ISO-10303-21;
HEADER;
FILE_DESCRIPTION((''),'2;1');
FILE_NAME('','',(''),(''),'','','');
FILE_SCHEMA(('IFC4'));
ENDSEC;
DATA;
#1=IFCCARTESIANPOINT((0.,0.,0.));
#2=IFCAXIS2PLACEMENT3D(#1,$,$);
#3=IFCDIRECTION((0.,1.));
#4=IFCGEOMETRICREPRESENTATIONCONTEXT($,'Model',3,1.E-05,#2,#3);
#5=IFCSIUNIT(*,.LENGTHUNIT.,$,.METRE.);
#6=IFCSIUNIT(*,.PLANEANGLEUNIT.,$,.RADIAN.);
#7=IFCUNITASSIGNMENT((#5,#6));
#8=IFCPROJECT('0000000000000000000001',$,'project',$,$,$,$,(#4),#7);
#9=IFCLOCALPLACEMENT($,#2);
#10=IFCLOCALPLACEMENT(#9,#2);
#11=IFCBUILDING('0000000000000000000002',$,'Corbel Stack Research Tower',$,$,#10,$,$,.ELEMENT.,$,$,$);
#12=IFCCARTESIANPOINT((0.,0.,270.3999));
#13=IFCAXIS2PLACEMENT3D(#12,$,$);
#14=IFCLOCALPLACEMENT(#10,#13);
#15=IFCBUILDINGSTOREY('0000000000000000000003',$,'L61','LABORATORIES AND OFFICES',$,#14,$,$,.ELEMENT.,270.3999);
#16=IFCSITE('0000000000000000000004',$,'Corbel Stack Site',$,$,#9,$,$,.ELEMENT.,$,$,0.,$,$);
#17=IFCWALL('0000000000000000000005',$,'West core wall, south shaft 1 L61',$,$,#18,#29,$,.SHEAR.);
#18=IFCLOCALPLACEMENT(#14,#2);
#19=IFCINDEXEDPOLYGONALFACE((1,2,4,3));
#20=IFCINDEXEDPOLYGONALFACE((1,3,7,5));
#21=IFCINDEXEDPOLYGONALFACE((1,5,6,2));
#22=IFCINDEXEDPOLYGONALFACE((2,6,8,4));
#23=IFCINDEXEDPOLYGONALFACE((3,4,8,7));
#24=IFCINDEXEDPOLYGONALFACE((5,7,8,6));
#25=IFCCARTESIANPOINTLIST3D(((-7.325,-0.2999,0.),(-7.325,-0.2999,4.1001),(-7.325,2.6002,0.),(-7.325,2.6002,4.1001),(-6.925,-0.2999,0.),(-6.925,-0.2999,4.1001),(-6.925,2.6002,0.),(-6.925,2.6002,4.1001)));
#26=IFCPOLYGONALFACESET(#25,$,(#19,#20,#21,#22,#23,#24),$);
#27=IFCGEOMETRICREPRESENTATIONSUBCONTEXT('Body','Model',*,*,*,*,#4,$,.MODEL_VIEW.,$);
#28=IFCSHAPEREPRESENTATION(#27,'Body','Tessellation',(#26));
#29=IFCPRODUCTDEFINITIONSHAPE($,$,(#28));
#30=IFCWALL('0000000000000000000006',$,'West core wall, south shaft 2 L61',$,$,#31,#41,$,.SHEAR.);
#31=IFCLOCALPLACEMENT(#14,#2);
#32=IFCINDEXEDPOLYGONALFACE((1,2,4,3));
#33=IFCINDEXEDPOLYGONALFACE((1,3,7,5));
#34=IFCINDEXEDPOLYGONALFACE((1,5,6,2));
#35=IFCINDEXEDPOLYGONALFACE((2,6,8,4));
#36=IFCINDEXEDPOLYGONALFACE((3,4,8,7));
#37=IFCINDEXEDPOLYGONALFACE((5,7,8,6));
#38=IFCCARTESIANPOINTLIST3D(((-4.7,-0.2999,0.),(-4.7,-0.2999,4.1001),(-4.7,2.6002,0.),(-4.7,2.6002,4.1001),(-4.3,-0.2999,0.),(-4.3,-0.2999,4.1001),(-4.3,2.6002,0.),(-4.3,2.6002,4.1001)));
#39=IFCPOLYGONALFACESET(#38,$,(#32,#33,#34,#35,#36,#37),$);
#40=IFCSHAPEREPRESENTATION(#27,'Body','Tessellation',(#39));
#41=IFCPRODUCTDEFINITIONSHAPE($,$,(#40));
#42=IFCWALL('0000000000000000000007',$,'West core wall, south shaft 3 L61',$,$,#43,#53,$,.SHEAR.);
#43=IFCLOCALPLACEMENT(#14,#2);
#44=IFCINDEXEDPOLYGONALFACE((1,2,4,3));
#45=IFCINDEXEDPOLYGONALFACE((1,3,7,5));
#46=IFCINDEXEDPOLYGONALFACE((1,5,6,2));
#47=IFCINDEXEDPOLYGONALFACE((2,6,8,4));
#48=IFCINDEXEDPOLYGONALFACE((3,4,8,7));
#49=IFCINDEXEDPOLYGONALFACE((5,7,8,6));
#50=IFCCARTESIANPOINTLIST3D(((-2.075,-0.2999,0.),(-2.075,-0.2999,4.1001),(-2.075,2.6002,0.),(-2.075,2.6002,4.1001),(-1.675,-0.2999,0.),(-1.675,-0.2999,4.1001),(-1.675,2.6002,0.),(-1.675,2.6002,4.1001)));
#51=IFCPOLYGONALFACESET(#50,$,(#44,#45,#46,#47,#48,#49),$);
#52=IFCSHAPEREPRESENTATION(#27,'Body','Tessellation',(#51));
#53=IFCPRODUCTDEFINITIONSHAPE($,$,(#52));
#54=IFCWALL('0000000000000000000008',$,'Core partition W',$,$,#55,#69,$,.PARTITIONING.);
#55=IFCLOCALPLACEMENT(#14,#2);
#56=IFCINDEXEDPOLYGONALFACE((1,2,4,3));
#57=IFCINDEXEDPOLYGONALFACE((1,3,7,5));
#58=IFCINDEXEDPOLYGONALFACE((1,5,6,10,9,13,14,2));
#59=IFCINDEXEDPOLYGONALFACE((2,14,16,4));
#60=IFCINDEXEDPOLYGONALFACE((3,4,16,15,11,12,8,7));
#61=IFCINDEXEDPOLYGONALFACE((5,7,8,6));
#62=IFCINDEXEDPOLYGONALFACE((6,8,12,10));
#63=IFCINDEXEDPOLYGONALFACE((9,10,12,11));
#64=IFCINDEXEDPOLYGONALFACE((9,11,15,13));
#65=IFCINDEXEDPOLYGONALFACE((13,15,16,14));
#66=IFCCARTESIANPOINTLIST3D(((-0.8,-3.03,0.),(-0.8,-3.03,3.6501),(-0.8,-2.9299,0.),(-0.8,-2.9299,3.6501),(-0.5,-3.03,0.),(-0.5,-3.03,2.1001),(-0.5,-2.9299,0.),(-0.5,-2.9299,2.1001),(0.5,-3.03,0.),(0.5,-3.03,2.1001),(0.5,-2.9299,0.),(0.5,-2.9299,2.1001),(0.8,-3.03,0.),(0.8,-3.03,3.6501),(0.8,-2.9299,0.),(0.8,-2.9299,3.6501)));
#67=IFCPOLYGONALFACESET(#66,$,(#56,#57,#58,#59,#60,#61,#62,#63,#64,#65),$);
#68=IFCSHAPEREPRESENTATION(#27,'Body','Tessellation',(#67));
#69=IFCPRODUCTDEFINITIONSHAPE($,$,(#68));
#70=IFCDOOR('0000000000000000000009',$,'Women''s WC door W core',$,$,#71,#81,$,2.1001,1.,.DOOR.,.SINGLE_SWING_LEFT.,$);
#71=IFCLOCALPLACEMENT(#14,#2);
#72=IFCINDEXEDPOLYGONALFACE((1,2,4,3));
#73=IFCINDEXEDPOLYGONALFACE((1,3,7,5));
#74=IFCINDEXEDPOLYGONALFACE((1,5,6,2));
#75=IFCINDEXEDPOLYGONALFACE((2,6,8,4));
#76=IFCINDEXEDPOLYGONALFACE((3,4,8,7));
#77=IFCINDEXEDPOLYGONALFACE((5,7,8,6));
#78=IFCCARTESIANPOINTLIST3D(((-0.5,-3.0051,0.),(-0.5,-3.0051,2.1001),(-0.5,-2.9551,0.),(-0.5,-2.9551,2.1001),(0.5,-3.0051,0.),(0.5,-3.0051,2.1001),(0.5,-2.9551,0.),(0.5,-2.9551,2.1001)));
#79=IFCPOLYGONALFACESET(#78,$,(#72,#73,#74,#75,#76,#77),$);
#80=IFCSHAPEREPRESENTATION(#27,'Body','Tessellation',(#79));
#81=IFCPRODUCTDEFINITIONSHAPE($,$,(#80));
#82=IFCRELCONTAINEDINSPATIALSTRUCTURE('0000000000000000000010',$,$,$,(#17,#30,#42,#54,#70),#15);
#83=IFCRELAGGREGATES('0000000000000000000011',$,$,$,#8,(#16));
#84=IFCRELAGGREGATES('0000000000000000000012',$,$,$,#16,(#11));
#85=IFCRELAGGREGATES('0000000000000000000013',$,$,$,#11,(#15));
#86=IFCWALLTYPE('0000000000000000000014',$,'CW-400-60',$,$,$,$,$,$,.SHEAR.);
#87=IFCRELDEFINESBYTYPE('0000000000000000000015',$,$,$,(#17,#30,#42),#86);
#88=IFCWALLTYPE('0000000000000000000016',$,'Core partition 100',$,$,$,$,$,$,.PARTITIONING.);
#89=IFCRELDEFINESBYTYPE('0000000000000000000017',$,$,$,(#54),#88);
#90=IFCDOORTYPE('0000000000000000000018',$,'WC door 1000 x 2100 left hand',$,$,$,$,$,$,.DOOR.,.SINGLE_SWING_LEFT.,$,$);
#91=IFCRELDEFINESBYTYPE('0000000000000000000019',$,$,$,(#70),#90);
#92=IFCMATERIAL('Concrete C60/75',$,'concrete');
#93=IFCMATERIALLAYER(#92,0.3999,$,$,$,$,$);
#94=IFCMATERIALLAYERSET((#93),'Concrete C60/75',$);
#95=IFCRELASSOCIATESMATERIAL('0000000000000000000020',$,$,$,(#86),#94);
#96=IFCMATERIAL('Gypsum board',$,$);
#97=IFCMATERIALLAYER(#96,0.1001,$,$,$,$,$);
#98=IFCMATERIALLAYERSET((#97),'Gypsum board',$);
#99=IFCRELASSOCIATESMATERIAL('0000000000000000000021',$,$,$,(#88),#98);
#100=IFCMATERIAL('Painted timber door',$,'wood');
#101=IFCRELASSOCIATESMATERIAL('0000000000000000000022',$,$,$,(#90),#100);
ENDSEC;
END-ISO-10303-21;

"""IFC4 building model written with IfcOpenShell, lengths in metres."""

from ifc_helpers import new_model, si_unit, direction, frame, frame_2d, origin, place, context, subcontext, project, spatial, rectangle, extrude, material, layer, layer_set, type_object, element, fill, save


model = new_model("IFC4")

# Units and contexts
model_context = context("Model", 3, precision=1e-05, world=origin(), true_north=direction((0.0, 1.0)))
body_context = subcontext(model_context, "Body", "Model", "MODEL_VIEW")
ifc_project = project(units=[si_unit("LENGTHUNIT", "METRE"), si_unit("PLANEANGLEUNIT", "RADIAN")], contexts=[model_context])

# Site, building, storey
site_placement = place(None, origin())
site = spatial("IfcSite", under=ifc_project, at=site_placement, Name="Corbel Stack Site", CompositionType="ELEMENT", RefElevation=0.0)
building_placement = place(site_placement, origin())
building = spatial("IfcBuilding", under=site, at=building_placement, Name="Corbel Stack Research Tower", CompositionType="ELEMENT")
storey_placement = place(building_placement, frame((0.0, 0.0, 270.3999)))
storey = spatial("IfcBuildingStorey", under=building, at=storey_placement, Name="L61", Description="LABORATORIES AND OFFICES", CompositionType="ELEMENT", Elevation=270.3999)

# Walls
ifc_material_1 = material(Name="Concrete C60/75", Category="concrete")
ifc_layer_1 = layer(ifc_material_1, 0.3999)
ifc_layer_set_1 = layer_set([ifc_layer_1], Name="Concrete C60/75")
wall_type_1 = type_object("IfcWallType", Name="CW-400-60", PredefinedType="SHEAR", material=ifc_layer_set_1)
for number, where, z_axis, x_axis, name in (
    (1, (-7.125, -0.3, 0.0), (0.0, 0.0, 1.0), (0.0, 1.0, 0.0), "West core wall, south shaft 1 L61"),
    (2, (-4.5, -0.3, 0.0), (0.0, 0.0, 1.0), (0.0, 1.0, 0.0), "West core wall, south shaft 2 L61"),
    (3, (-1.875, -0.3, 0.0), (0.0, 0.0, 1.0), (0.0, 1.0, 0.0), "West core wall, south shaft 3 L61"),
):
    element("IfcWall", number, at=place(storey_placement, frame(where, z_axis=z_axis, x_axis=x_axis)), inside=storey, type_object=wall_type_1, Name=name, PredefinedType="SHEAR", context=body_context, shape_type="SweptSolid", body=[
        extrude(rectangle(XDim=2.9001, YDim=0.3999, at=frame_2d((1.4502, 0.0))), origin(), (0.0, 0.0, 1.0), 4.1001),
    ])

# Wall, opening, door
ifc_material_2 = material(Name="Gypsum board")
ifc_layer_2 = layer(ifc_material_2, 0.1001)
ifc_layer_set_2 = layer_set([ifc_layer_2], Name="Gypsum board")
wall_type_2 = type_object("IfcWallType", Name="Core partition 100", PredefinedType="PARTITIONING", material=ifc_layer_set_2)
wall_placement = place(storey_placement, frame((-0.8, -2.98, 0.0), z_axis=(0.0, 0.0, 1.0), x_axis=(1.0, 0.0, 0.0)))
wall = element("IfcWall", 4, at=wall_placement, inside=storey, type_object=wall_type_2, Name="Core partition W", PredefinedType="PARTITIONING", context=body_context, shape_type="SweptSolid", body=[
    extrude(rectangle(XDim=1.6001, YDim=0.1001, at=frame_2d((0.8, 0.0))), origin(), (0.0, 0.0, 1.0), 3.6501),
])
opening_placement = place(wall_placement, frame((0.3, 0.0, 0.0)))
opening = element("IfcOpeningElement", 5, at=opening_placement, cuts=wall, PredefinedType="OPENING", context=body_context, shape_type="SweptSolid", body=[
    extrude(rectangle(XDim=1.0, YDim=2.1001, at=frame_2d((0.5, 1.05))), frame((0.0, 0.0601, 0.0), z_axis=(0.0, -1.0, 0.0), x_axis=(1.0, 0.0, 0.0)), (0.0, 0.0, 1.0), 0.1201),
])
ifc_material_3 = material(Name="Painted timber door", Category="wood")
door_type = type_object("IfcDoorType", Name="WC door 1000 x 2100 left hand", OperationType="SINGLE_SWING_LEFT", PredefinedType="DOOR", material=ifc_material_3)
door_placement = place(opening_placement, origin())
door = element("IfcDoor", 6, at=door_placement, inside=storey, type_object=door_type, Name="Women's WC door W core", OperationType="SINGLE_SWING_LEFT", OverallHeight=2.1001, OverallWidth=1.0, PredefinedType="DOOR", context=body_context, shape_type="SweptSolid", body=[
    extrude(rectangle(XDim=1.0, YDim=2.1001, at=frame_2d((0.5, 1.05))), frame((0.0, 0.0249, 0.0), z_axis=(0.0, -1.0, 0.0), x_axis=(1.0, 0.0, 0.0)), (0.0, 0.0, 1.0), 0.05),
])
fill(opening, door)

save(model, "model.ifc")
